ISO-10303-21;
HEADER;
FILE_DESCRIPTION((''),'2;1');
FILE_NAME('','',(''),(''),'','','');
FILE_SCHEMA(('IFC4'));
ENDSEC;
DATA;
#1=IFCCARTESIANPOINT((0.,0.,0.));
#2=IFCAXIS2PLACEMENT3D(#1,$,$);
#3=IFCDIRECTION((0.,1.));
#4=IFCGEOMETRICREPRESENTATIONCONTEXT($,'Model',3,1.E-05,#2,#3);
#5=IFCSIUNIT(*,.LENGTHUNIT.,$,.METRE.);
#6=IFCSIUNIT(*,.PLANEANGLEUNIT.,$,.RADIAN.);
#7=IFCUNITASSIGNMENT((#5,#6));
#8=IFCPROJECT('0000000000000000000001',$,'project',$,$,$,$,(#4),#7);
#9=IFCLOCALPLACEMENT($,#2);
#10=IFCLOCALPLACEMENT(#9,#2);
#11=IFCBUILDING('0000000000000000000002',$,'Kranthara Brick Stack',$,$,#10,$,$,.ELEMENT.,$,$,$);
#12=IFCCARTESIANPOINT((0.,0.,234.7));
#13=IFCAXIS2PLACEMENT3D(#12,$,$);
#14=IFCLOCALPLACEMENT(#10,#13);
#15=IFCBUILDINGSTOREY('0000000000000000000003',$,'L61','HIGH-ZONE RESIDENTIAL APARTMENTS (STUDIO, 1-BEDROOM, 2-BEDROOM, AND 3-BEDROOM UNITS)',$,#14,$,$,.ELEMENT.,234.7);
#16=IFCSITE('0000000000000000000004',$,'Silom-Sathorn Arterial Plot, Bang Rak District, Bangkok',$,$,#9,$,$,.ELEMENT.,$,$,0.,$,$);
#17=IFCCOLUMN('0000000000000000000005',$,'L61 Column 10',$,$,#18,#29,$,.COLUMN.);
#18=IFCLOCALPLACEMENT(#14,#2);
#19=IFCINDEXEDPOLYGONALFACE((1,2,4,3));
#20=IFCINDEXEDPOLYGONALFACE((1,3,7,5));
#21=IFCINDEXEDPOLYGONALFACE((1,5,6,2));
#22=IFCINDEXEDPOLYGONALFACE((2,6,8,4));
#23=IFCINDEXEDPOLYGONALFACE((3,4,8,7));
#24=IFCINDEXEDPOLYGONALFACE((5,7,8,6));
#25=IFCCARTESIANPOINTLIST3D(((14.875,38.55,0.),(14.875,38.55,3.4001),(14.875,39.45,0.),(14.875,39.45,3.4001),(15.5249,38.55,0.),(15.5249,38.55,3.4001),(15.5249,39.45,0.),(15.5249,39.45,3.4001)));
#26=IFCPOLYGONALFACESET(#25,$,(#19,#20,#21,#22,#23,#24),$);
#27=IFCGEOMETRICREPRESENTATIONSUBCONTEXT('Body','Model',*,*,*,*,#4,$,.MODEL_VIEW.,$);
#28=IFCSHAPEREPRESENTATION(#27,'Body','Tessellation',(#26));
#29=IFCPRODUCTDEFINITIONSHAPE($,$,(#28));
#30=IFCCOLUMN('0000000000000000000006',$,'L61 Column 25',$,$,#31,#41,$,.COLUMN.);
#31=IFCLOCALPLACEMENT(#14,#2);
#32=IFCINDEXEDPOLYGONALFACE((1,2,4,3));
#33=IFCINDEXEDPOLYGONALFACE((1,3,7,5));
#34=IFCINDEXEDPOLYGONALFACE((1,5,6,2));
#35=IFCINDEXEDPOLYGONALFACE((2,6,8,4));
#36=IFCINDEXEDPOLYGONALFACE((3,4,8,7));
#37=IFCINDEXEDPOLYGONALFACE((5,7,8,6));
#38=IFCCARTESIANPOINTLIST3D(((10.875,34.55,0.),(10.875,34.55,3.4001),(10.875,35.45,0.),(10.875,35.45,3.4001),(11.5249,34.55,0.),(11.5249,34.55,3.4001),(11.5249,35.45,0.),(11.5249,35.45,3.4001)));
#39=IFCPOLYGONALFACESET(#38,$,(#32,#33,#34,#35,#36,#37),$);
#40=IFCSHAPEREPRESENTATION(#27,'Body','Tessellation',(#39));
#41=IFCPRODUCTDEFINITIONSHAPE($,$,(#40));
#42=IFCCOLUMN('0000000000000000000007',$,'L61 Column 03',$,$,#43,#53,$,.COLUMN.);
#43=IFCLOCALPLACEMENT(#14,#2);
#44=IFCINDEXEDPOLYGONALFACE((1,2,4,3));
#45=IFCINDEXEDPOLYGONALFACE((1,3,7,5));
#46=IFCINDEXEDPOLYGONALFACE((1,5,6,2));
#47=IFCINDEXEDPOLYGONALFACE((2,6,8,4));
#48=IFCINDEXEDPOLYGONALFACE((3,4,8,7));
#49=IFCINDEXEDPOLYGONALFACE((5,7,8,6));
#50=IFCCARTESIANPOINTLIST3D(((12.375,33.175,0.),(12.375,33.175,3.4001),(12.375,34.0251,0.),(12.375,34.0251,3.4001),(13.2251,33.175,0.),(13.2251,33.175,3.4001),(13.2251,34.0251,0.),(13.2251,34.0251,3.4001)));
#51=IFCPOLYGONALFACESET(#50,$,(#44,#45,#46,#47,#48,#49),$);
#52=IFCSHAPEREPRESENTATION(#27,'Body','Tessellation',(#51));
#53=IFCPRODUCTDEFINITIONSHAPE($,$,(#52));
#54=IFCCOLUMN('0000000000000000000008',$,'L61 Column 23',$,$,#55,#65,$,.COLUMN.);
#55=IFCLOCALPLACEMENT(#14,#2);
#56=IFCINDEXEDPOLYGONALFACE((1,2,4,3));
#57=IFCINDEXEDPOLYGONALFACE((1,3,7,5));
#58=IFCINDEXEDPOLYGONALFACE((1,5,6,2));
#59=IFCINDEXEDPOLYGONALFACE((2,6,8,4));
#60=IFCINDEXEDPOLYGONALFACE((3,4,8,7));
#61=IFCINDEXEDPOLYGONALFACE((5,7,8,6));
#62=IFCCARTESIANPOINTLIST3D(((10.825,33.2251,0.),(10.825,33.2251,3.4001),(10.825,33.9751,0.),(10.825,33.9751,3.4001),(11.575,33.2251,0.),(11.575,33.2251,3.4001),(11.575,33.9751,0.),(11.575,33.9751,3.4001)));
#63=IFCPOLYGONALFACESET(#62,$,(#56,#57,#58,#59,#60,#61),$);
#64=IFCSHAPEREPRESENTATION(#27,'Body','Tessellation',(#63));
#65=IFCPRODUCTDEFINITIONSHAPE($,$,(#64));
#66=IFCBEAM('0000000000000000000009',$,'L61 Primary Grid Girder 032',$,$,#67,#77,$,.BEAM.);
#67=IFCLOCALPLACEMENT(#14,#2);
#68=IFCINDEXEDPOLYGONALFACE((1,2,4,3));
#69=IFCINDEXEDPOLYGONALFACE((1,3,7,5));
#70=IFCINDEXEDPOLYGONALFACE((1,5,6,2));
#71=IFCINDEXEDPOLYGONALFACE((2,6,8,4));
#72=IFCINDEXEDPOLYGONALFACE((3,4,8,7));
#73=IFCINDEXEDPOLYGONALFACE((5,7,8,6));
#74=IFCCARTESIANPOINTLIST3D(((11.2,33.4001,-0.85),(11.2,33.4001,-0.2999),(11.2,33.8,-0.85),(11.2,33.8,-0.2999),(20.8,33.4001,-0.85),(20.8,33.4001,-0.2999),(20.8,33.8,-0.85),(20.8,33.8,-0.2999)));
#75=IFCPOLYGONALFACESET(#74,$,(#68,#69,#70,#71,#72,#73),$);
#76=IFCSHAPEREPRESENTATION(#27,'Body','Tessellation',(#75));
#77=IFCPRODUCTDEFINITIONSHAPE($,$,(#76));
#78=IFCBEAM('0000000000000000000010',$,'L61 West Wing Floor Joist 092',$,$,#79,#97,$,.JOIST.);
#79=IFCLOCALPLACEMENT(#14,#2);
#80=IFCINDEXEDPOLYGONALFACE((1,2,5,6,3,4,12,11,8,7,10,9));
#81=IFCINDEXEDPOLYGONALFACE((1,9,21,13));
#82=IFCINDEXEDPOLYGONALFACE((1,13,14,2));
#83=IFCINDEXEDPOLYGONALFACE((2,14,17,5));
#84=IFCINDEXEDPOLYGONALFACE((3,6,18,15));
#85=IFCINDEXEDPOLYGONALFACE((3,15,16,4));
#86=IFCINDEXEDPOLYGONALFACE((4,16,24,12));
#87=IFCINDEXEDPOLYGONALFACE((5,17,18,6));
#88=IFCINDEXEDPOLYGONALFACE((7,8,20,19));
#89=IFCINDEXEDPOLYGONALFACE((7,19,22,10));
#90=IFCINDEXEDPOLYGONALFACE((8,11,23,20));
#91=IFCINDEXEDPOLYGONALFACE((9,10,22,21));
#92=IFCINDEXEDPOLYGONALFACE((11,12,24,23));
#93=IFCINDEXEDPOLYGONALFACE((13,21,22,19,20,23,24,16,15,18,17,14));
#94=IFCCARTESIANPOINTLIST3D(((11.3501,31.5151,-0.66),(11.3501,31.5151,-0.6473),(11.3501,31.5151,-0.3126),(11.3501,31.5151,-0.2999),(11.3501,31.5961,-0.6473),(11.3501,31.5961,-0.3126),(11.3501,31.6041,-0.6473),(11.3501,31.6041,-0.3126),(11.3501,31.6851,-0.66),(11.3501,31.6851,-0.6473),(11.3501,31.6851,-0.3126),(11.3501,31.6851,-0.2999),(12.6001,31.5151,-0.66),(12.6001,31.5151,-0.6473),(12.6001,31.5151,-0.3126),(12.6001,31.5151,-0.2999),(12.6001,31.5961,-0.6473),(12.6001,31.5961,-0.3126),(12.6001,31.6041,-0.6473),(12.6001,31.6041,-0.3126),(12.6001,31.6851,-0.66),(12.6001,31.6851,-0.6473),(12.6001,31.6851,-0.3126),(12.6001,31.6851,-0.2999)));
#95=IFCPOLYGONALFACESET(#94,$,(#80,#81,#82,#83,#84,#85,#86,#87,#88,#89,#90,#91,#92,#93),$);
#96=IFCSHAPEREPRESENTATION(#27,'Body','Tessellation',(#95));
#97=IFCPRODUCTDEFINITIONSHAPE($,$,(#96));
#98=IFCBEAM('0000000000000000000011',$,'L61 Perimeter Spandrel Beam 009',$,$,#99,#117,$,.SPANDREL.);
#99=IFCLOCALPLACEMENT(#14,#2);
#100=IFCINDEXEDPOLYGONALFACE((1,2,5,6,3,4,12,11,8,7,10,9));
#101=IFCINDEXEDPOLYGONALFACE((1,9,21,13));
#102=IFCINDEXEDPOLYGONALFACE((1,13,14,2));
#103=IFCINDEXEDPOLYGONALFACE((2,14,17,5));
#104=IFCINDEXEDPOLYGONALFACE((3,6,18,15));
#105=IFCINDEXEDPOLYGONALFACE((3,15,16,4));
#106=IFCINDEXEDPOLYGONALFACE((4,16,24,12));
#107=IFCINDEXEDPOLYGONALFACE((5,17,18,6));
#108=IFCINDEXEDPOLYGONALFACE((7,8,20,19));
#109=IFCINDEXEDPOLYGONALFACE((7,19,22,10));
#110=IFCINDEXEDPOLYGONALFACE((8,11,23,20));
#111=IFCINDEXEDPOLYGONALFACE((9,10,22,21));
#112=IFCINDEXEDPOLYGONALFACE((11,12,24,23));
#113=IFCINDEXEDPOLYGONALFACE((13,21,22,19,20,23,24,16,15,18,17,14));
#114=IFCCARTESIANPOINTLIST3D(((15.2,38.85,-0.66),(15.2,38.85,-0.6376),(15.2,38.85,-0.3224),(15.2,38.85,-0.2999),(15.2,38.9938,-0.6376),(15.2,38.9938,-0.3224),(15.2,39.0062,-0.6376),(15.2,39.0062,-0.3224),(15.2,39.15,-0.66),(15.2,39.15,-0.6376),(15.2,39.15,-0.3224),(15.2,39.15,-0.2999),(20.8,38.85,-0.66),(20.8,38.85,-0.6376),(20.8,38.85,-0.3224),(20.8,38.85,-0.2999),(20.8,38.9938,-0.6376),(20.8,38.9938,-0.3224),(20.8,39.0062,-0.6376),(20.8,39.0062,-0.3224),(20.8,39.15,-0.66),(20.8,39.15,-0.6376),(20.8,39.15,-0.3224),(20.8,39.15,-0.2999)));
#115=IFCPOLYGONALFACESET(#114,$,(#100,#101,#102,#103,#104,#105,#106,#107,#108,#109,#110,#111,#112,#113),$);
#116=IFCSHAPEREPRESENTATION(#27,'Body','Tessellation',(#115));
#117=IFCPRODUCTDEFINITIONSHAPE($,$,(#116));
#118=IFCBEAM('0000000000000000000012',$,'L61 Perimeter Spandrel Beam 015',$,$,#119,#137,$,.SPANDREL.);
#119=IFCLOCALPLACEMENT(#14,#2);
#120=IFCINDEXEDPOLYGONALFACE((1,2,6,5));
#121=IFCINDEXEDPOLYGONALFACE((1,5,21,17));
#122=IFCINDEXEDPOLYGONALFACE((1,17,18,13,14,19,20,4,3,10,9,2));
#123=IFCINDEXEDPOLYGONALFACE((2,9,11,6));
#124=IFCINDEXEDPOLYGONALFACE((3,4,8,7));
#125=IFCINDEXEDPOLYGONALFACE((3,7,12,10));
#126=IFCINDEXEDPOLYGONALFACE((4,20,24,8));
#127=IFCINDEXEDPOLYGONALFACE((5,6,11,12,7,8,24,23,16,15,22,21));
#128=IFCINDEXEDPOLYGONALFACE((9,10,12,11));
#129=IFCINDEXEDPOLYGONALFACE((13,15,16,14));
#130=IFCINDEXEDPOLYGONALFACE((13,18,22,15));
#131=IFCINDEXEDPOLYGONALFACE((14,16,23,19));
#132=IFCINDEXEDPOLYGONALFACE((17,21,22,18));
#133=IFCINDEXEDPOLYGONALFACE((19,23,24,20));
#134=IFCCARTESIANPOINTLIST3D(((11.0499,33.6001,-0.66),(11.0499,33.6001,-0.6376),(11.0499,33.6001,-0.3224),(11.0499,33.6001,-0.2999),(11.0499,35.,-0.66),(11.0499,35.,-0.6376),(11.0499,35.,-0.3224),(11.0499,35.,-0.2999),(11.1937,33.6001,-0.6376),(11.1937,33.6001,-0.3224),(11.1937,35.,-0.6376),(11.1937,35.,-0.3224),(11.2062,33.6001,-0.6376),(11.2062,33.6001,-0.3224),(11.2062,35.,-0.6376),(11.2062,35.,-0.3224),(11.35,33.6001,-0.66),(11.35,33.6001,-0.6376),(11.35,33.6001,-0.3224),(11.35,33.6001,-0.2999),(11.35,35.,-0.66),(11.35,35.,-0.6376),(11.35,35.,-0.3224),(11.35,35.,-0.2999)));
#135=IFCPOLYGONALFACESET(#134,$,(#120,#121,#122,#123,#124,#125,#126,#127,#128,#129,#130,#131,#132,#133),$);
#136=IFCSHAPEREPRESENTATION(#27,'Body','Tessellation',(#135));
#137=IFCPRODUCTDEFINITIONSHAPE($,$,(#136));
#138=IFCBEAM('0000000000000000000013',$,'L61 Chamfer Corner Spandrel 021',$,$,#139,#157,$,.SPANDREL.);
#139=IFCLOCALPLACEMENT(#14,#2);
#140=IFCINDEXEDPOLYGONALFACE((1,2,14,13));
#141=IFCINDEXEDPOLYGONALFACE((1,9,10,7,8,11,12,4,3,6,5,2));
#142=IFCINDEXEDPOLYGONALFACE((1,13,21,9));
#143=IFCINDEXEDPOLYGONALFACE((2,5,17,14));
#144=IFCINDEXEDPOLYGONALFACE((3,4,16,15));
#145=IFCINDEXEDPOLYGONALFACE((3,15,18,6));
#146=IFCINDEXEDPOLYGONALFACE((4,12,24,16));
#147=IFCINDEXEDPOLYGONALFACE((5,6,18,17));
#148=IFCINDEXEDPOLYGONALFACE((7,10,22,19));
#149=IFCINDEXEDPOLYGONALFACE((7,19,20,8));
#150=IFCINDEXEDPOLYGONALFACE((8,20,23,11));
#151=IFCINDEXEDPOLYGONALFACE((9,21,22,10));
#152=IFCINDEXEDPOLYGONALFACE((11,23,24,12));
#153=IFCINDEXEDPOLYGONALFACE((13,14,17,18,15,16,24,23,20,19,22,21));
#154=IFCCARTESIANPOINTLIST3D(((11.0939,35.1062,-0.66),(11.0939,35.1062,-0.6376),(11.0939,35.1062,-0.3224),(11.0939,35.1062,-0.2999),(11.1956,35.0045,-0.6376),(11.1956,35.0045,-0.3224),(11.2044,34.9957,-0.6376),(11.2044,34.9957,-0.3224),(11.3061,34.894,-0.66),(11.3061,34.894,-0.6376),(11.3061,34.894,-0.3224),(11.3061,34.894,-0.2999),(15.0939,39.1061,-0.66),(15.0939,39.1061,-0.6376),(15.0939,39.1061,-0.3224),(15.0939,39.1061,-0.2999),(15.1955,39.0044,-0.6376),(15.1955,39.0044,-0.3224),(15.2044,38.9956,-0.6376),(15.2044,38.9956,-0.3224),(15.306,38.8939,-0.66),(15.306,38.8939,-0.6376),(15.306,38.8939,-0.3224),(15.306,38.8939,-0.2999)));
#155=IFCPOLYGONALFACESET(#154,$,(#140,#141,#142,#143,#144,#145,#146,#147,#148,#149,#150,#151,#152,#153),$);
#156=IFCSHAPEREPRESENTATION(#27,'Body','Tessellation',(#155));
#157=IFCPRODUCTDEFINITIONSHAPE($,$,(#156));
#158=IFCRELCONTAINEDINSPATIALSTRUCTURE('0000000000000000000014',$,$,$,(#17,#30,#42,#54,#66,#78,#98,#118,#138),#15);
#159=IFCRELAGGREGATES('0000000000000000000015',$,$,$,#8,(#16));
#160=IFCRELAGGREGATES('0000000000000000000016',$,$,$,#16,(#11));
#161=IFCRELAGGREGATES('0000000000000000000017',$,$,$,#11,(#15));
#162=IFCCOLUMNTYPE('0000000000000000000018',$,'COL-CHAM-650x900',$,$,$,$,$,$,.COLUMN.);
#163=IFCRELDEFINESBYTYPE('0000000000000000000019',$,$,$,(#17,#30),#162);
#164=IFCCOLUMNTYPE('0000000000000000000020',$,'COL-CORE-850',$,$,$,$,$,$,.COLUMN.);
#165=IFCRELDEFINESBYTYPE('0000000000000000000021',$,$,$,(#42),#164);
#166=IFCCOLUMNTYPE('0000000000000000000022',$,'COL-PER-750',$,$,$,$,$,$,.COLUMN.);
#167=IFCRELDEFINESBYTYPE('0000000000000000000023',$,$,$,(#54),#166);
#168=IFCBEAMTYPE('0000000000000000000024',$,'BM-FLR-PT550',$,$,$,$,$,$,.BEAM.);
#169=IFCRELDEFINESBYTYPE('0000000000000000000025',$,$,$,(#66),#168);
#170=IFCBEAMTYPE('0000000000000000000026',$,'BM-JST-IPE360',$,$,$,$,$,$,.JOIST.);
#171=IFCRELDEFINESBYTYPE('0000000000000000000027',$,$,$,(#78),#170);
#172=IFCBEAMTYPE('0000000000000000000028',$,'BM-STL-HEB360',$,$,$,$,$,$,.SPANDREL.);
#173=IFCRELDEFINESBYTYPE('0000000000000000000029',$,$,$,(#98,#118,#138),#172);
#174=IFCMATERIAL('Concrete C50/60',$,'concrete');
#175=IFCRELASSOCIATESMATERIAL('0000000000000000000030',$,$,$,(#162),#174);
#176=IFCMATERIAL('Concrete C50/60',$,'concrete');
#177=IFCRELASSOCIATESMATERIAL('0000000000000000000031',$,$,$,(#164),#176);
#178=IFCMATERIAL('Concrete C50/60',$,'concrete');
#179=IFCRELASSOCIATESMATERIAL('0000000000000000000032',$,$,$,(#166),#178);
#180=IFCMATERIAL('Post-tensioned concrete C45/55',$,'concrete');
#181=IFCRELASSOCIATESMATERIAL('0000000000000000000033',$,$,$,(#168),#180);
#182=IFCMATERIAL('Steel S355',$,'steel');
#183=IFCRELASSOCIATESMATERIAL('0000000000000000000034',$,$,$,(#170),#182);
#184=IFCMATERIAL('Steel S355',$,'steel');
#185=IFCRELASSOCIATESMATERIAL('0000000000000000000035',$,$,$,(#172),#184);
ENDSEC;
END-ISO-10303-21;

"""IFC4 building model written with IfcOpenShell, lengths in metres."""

from ifc_helpers import new_model, si_unit, direction, frame, origin, origin_2d, place, context, subcontext, project, spatial, rectangle, i_section, extrude, material, material_profile, profile_set, type_object, element, save


model = new_model("IFC4")

# Units and contexts
model_context = context("Model", 3, precision=1e-05, world=origin(), true_north=direction((0.0, 1.0)))
body_context = subcontext(model_context, "Body", "Model", "MODEL_VIEW")
ifc_project = project(units=[si_unit("LENGTHUNIT", "METRE"), si_unit("PLANEANGLEUNIT", "RADIAN")], contexts=[model_context])

# Site, building, storey
site_placement = place(None, origin())
site = spatial("IfcSite", under=ifc_project, at=site_placement, Name="Silom-Sathorn Arterial Plot, Bang Rak District, Bangkok", CompositionType="ELEMENT", RefElevation=0.0)
building_placement = place(site_placement, origin())
building = spatial("IfcBuilding", under=site, at=building_placement, Name="Kranthara Brick Stack", CompositionType="ELEMENT")
storey_placement = place(building_placement, frame((0.0, 0.0, 234.7)))
storey = spatial("IfcBuildingStorey", under=building, at=storey_placement, Name="L61", Description="HIGH-ZONE RESIDENTIAL APARTMENTS (STUDIO, 1-BEDROOM, 2-BEDROOM, AND 3-BEDROOM UNITS)", CompositionType="ELEMENT", Elevation=234.7)

# Columns
ifc_material_1 = material(Name="Concrete C50/60", Category="concrete")
ifc_material_profile_1 = material_profile(ifc_material_1, rectangle(XDim=0.6499, YDim=0.8999, at=origin_2d()), Name="RC 650x900")
ifc_profile_set_1 = profile_set([ifc_material_profile_1], Name="Concrete C50/60")
column_type_1 = type_object("IfcColumnType", Name="COL-CHAM-650x900", PredefinedType="COLUMN", material=ifc_profile_set_1)
for number, where, z_axis, x_axis, name in (
    (1, (15.2, 39.0, 0.0), (0.0, 0.0, 1.0), (1.0, 0.0, 0.0), "L61 Column 10"),
    (2, (11.2, 35.0, 0.0), (0.0, 0.0, 1.0), (1.0, 0.0, 0.0), "L61 Column 25"),
):
    element("IfcColumn", number, at=place(storey_placement, frame(where, z_axis=z_axis, x_axis=x_axis)), inside=storey, type_object=column_type_1, Name=name, PredefinedType="COLUMN", context=body_context, shape_type="SweptSolid", body=[
        extrude(rectangle(XDim=0.6499, YDim=0.8999, at=origin_2d()), origin(), (0.0, 0.0, 1.0), 3.4001),
    ])
ifc_material_2 = material(Name="Concrete C50/60", Category="concrete")
ifc_material_profile_2 = material_profile(ifc_material_2, rectangle(XDim=0.8501, YDim=0.8501, at=origin_2d()), Name="RC 850x850")
ifc_profile_set_2 = profile_set([ifc_material_profile_2], Name="Concrete C50/60")
column_type_2 = type_object("IfcColumnType", Name="COL-CORE-850", PredefinedType="COLUMN", material=ifc_profile_set_2)
column_1_placement = place(storey_placement, frame((12.8, 33.6001, 0.0), z_axis=(0.0, 0.0, 1.0), x_axis=(1.0, 0.0, 0.0)))
element("IfcColumn", 3, at=column_1_placement, inside=storey, type_object=column_type_2, Name="L61 Column 03", PredefinedType="COLUMN", context=body_context, shape_type="SweptSolid", body=[
    extrude(rectangle(XDim=0.8501, YDim=0.8501, at=origin_2d()), origin(), (0.0, 0.0, 1.0), 3.4001),
])
ifc_material_3 = material(Name="Concrete C50/60", Category="concrete")
ifc_material_profile_3 = material_profile(ifc_material_3, rectangle(XDim=0.75, YDim=0.75, at=origin_2d()), Name="RC 750x750")
ifc_profile_set_3 = profile_set([ifc_material_profile_3], Name="Concrete C50/60")
column_type_3 = type_object("IfcColumnType", Name="COL-PER-750", PredefinedType="COLUMN", material=ifc_profile_set_3)
column_2_placement = place(storey_placement, frame((11.2, 33.6001, 0.0), z_axis=(0.0, 0.0, 1.0), x_axis=(1.0, 0.0, 0.0)))
element("IfcColumn", 4, at=column_2_placement, inside=storey, type_object=column_type_3, Name="L61 Column 23", PredefinedType="COLUMN", context=body_context, shape_type="SweptSolid", body=[
    extrude(rectangle(XDim=0.75, YDim=0.75, at=origin_2d()), origin(), (0.0, 0.0, 1.0), 3.4001),
])

# Beams
ifc_material_4 = material(Name="Post-tensioned concrete C45/55", Category="concrete")
ifc_material_profile_4 = material_profile(ifc_material_4, rectangle(XDim=0.3999, YDim=0.55, at=origin_2d()), Name="PT 400x550")
ifc_profile_set_4 = profile_set([ifc_material_profile_4], Name="Post-tensioned concrete C45/55")
beam_type_1 = type_object("IfcBeamType", Name="BM-FLR-PT550", PredefinedType="BEAM", material=ifc_profile_set_4)
beam_1_placement = place(storey_placement, frame((11.2, 33.6001, -0.575), z_axis=(1.0, 0.0, 0.0), x_axis=(0.0, 1.0, 0.0)))
element("IfcBeam", 5, at=beam_1_placement, inside=storey, type_object=beam_type_1, Name="L61 Primary Grid Girder 032", PredefinedType="BEAM", context=body_context, shape_type="SweptSolid", body=[
    extrude(rectangle(XDim=0.3999, YDim=0.55, at=origin_2d()), origin(), (0.0, 0.0, 1.0), 9.6001),
])
ifc_material_5 = material(Name="Steel S355", Category="steel")
ifc_material_profile_5 = material_profile(ifc_material_5, i_section(OverallWidth=0.1699, OverallDepth=0.3601, WebThickness=0.0081, FlangeThickness=0.0127, at=origin_2d()), Name="IPE 360")
ifc_profile_set_5 = profile_set([ifc_material_profile_5], Name="Steel S355")
beam_type_2 = type_object("IfcBeamType", Name="BM-JST-IPE360", PredefinedType="JOIST", material=ifc_profile_set_5)
beam_2_placement = place(storey_placement, frame((11.3501, 31.6001, -0.48), z_axis=(1.0, 0.0, 0.0), x_axis=(0.0, 1.0, 0.0)))
element("IfcBeam", 6, at=beam_2_placement, inside=storey, type_object=beam_type_2, Name="L61 West Wing Floor Joist 092", PredefinedType="JOIST", context=body_context, shape_type="SweptSolid", body=[
    extrude(i_section(OverallWidth=0.1699, OverallDepth=0.3601, WebThickness=0.0081, FlangeThickness=0.0127, at=origin_2d()), origin(), (0.0, 0.0, 1.0), 1.25),
])
ifc_material_6 = material(Name="Steel S355", Category="steel")
ifc_material_profile_6 = material_profile(ifc_material_6, i_section(OverallWidth=0.3, OverallDepth=0.3601, WebThickness=0.0125, FlangeThickness=0.0225, at=origin_2d()), Name="HEB 360")
ifc_profile_set_6 = profile_set([ifc_material_profile_6], Name="Steel S355")
beam_type_3 = type_object("IfcBeamType", Name="BM-STL-HEB360", PredefinedType="SPANDREL", material=ifc_profile_set_6)
beam_3_placement = place(storey_placement, frame((15.2, 39.0, -0.48), z_axis=(1.0, 0.0, 0.0), x_axis=(0.0, 1.0, 0.0)))
element("IfcBeam", 7, at=beam_3_placement, inside=storey, type_object=beam_type_3, Name="L61 Perimeter Spandrel Beam 009", PredefinedType="SPANDREL", context=body_context, shape_type="SweptSolid", body=[
    extrude(i_section(OverallWidth=0.3, OverallDepth=0.3601, WebThickness=0.0125, FlangeThickness=0.0225, at=origin_2d()), origin(), (0.0, 0.0, 1.0), 5.6001),
])
beam_4_placement = place(storey_placement, frame((11.2, 33.6001, -0.48), z_axis=(0.0, 1.0, 0.0), x_axis=(-1.0, 0.0, 0.0)))
element("IfcBeam", 8, at=beam_4_placement, inside=storey, type_object=beam_type_3, Name="L61 Perimeter Spandrel Beam 015", PredefinedType="SPANDREL", context=body_context, shape_type="SweptSolid", body=[
    extrude(i_section(OverallWidth=0.3, OverallDepth=0.3601, WebThickness=0.0125, FlangeThickness=0.0225, at=origin_2d()), origin(), (0.0, 0.0, 1.0), 1.3999),
])
beam_5_placement = place(storey_placement, frame((15.2, 39.0, -0.48), z_axis=(-0.707107, -0.707107, 0.0), x_axis=(0.707107, -0.707107, 0.0)))
element("IfcBeam", 9, at=beam_5_placement, inside=storey, type_object=beam_type_3, Name="L61 Chamfer Corner Spandrel 021", PredefinedType="SPANDREL", context=body_context, shape_type="SweptSolid", body=[
    extrude(i_section(OverallWidth=0.3, OverallDepth=0.3601, WebThickness=0.0125, FlangeThickness=0.0225, at=origin_2d()), origin(), (0.0, 0.0, 1.0), 5.6567),
])

save(model, "model.ifc")
